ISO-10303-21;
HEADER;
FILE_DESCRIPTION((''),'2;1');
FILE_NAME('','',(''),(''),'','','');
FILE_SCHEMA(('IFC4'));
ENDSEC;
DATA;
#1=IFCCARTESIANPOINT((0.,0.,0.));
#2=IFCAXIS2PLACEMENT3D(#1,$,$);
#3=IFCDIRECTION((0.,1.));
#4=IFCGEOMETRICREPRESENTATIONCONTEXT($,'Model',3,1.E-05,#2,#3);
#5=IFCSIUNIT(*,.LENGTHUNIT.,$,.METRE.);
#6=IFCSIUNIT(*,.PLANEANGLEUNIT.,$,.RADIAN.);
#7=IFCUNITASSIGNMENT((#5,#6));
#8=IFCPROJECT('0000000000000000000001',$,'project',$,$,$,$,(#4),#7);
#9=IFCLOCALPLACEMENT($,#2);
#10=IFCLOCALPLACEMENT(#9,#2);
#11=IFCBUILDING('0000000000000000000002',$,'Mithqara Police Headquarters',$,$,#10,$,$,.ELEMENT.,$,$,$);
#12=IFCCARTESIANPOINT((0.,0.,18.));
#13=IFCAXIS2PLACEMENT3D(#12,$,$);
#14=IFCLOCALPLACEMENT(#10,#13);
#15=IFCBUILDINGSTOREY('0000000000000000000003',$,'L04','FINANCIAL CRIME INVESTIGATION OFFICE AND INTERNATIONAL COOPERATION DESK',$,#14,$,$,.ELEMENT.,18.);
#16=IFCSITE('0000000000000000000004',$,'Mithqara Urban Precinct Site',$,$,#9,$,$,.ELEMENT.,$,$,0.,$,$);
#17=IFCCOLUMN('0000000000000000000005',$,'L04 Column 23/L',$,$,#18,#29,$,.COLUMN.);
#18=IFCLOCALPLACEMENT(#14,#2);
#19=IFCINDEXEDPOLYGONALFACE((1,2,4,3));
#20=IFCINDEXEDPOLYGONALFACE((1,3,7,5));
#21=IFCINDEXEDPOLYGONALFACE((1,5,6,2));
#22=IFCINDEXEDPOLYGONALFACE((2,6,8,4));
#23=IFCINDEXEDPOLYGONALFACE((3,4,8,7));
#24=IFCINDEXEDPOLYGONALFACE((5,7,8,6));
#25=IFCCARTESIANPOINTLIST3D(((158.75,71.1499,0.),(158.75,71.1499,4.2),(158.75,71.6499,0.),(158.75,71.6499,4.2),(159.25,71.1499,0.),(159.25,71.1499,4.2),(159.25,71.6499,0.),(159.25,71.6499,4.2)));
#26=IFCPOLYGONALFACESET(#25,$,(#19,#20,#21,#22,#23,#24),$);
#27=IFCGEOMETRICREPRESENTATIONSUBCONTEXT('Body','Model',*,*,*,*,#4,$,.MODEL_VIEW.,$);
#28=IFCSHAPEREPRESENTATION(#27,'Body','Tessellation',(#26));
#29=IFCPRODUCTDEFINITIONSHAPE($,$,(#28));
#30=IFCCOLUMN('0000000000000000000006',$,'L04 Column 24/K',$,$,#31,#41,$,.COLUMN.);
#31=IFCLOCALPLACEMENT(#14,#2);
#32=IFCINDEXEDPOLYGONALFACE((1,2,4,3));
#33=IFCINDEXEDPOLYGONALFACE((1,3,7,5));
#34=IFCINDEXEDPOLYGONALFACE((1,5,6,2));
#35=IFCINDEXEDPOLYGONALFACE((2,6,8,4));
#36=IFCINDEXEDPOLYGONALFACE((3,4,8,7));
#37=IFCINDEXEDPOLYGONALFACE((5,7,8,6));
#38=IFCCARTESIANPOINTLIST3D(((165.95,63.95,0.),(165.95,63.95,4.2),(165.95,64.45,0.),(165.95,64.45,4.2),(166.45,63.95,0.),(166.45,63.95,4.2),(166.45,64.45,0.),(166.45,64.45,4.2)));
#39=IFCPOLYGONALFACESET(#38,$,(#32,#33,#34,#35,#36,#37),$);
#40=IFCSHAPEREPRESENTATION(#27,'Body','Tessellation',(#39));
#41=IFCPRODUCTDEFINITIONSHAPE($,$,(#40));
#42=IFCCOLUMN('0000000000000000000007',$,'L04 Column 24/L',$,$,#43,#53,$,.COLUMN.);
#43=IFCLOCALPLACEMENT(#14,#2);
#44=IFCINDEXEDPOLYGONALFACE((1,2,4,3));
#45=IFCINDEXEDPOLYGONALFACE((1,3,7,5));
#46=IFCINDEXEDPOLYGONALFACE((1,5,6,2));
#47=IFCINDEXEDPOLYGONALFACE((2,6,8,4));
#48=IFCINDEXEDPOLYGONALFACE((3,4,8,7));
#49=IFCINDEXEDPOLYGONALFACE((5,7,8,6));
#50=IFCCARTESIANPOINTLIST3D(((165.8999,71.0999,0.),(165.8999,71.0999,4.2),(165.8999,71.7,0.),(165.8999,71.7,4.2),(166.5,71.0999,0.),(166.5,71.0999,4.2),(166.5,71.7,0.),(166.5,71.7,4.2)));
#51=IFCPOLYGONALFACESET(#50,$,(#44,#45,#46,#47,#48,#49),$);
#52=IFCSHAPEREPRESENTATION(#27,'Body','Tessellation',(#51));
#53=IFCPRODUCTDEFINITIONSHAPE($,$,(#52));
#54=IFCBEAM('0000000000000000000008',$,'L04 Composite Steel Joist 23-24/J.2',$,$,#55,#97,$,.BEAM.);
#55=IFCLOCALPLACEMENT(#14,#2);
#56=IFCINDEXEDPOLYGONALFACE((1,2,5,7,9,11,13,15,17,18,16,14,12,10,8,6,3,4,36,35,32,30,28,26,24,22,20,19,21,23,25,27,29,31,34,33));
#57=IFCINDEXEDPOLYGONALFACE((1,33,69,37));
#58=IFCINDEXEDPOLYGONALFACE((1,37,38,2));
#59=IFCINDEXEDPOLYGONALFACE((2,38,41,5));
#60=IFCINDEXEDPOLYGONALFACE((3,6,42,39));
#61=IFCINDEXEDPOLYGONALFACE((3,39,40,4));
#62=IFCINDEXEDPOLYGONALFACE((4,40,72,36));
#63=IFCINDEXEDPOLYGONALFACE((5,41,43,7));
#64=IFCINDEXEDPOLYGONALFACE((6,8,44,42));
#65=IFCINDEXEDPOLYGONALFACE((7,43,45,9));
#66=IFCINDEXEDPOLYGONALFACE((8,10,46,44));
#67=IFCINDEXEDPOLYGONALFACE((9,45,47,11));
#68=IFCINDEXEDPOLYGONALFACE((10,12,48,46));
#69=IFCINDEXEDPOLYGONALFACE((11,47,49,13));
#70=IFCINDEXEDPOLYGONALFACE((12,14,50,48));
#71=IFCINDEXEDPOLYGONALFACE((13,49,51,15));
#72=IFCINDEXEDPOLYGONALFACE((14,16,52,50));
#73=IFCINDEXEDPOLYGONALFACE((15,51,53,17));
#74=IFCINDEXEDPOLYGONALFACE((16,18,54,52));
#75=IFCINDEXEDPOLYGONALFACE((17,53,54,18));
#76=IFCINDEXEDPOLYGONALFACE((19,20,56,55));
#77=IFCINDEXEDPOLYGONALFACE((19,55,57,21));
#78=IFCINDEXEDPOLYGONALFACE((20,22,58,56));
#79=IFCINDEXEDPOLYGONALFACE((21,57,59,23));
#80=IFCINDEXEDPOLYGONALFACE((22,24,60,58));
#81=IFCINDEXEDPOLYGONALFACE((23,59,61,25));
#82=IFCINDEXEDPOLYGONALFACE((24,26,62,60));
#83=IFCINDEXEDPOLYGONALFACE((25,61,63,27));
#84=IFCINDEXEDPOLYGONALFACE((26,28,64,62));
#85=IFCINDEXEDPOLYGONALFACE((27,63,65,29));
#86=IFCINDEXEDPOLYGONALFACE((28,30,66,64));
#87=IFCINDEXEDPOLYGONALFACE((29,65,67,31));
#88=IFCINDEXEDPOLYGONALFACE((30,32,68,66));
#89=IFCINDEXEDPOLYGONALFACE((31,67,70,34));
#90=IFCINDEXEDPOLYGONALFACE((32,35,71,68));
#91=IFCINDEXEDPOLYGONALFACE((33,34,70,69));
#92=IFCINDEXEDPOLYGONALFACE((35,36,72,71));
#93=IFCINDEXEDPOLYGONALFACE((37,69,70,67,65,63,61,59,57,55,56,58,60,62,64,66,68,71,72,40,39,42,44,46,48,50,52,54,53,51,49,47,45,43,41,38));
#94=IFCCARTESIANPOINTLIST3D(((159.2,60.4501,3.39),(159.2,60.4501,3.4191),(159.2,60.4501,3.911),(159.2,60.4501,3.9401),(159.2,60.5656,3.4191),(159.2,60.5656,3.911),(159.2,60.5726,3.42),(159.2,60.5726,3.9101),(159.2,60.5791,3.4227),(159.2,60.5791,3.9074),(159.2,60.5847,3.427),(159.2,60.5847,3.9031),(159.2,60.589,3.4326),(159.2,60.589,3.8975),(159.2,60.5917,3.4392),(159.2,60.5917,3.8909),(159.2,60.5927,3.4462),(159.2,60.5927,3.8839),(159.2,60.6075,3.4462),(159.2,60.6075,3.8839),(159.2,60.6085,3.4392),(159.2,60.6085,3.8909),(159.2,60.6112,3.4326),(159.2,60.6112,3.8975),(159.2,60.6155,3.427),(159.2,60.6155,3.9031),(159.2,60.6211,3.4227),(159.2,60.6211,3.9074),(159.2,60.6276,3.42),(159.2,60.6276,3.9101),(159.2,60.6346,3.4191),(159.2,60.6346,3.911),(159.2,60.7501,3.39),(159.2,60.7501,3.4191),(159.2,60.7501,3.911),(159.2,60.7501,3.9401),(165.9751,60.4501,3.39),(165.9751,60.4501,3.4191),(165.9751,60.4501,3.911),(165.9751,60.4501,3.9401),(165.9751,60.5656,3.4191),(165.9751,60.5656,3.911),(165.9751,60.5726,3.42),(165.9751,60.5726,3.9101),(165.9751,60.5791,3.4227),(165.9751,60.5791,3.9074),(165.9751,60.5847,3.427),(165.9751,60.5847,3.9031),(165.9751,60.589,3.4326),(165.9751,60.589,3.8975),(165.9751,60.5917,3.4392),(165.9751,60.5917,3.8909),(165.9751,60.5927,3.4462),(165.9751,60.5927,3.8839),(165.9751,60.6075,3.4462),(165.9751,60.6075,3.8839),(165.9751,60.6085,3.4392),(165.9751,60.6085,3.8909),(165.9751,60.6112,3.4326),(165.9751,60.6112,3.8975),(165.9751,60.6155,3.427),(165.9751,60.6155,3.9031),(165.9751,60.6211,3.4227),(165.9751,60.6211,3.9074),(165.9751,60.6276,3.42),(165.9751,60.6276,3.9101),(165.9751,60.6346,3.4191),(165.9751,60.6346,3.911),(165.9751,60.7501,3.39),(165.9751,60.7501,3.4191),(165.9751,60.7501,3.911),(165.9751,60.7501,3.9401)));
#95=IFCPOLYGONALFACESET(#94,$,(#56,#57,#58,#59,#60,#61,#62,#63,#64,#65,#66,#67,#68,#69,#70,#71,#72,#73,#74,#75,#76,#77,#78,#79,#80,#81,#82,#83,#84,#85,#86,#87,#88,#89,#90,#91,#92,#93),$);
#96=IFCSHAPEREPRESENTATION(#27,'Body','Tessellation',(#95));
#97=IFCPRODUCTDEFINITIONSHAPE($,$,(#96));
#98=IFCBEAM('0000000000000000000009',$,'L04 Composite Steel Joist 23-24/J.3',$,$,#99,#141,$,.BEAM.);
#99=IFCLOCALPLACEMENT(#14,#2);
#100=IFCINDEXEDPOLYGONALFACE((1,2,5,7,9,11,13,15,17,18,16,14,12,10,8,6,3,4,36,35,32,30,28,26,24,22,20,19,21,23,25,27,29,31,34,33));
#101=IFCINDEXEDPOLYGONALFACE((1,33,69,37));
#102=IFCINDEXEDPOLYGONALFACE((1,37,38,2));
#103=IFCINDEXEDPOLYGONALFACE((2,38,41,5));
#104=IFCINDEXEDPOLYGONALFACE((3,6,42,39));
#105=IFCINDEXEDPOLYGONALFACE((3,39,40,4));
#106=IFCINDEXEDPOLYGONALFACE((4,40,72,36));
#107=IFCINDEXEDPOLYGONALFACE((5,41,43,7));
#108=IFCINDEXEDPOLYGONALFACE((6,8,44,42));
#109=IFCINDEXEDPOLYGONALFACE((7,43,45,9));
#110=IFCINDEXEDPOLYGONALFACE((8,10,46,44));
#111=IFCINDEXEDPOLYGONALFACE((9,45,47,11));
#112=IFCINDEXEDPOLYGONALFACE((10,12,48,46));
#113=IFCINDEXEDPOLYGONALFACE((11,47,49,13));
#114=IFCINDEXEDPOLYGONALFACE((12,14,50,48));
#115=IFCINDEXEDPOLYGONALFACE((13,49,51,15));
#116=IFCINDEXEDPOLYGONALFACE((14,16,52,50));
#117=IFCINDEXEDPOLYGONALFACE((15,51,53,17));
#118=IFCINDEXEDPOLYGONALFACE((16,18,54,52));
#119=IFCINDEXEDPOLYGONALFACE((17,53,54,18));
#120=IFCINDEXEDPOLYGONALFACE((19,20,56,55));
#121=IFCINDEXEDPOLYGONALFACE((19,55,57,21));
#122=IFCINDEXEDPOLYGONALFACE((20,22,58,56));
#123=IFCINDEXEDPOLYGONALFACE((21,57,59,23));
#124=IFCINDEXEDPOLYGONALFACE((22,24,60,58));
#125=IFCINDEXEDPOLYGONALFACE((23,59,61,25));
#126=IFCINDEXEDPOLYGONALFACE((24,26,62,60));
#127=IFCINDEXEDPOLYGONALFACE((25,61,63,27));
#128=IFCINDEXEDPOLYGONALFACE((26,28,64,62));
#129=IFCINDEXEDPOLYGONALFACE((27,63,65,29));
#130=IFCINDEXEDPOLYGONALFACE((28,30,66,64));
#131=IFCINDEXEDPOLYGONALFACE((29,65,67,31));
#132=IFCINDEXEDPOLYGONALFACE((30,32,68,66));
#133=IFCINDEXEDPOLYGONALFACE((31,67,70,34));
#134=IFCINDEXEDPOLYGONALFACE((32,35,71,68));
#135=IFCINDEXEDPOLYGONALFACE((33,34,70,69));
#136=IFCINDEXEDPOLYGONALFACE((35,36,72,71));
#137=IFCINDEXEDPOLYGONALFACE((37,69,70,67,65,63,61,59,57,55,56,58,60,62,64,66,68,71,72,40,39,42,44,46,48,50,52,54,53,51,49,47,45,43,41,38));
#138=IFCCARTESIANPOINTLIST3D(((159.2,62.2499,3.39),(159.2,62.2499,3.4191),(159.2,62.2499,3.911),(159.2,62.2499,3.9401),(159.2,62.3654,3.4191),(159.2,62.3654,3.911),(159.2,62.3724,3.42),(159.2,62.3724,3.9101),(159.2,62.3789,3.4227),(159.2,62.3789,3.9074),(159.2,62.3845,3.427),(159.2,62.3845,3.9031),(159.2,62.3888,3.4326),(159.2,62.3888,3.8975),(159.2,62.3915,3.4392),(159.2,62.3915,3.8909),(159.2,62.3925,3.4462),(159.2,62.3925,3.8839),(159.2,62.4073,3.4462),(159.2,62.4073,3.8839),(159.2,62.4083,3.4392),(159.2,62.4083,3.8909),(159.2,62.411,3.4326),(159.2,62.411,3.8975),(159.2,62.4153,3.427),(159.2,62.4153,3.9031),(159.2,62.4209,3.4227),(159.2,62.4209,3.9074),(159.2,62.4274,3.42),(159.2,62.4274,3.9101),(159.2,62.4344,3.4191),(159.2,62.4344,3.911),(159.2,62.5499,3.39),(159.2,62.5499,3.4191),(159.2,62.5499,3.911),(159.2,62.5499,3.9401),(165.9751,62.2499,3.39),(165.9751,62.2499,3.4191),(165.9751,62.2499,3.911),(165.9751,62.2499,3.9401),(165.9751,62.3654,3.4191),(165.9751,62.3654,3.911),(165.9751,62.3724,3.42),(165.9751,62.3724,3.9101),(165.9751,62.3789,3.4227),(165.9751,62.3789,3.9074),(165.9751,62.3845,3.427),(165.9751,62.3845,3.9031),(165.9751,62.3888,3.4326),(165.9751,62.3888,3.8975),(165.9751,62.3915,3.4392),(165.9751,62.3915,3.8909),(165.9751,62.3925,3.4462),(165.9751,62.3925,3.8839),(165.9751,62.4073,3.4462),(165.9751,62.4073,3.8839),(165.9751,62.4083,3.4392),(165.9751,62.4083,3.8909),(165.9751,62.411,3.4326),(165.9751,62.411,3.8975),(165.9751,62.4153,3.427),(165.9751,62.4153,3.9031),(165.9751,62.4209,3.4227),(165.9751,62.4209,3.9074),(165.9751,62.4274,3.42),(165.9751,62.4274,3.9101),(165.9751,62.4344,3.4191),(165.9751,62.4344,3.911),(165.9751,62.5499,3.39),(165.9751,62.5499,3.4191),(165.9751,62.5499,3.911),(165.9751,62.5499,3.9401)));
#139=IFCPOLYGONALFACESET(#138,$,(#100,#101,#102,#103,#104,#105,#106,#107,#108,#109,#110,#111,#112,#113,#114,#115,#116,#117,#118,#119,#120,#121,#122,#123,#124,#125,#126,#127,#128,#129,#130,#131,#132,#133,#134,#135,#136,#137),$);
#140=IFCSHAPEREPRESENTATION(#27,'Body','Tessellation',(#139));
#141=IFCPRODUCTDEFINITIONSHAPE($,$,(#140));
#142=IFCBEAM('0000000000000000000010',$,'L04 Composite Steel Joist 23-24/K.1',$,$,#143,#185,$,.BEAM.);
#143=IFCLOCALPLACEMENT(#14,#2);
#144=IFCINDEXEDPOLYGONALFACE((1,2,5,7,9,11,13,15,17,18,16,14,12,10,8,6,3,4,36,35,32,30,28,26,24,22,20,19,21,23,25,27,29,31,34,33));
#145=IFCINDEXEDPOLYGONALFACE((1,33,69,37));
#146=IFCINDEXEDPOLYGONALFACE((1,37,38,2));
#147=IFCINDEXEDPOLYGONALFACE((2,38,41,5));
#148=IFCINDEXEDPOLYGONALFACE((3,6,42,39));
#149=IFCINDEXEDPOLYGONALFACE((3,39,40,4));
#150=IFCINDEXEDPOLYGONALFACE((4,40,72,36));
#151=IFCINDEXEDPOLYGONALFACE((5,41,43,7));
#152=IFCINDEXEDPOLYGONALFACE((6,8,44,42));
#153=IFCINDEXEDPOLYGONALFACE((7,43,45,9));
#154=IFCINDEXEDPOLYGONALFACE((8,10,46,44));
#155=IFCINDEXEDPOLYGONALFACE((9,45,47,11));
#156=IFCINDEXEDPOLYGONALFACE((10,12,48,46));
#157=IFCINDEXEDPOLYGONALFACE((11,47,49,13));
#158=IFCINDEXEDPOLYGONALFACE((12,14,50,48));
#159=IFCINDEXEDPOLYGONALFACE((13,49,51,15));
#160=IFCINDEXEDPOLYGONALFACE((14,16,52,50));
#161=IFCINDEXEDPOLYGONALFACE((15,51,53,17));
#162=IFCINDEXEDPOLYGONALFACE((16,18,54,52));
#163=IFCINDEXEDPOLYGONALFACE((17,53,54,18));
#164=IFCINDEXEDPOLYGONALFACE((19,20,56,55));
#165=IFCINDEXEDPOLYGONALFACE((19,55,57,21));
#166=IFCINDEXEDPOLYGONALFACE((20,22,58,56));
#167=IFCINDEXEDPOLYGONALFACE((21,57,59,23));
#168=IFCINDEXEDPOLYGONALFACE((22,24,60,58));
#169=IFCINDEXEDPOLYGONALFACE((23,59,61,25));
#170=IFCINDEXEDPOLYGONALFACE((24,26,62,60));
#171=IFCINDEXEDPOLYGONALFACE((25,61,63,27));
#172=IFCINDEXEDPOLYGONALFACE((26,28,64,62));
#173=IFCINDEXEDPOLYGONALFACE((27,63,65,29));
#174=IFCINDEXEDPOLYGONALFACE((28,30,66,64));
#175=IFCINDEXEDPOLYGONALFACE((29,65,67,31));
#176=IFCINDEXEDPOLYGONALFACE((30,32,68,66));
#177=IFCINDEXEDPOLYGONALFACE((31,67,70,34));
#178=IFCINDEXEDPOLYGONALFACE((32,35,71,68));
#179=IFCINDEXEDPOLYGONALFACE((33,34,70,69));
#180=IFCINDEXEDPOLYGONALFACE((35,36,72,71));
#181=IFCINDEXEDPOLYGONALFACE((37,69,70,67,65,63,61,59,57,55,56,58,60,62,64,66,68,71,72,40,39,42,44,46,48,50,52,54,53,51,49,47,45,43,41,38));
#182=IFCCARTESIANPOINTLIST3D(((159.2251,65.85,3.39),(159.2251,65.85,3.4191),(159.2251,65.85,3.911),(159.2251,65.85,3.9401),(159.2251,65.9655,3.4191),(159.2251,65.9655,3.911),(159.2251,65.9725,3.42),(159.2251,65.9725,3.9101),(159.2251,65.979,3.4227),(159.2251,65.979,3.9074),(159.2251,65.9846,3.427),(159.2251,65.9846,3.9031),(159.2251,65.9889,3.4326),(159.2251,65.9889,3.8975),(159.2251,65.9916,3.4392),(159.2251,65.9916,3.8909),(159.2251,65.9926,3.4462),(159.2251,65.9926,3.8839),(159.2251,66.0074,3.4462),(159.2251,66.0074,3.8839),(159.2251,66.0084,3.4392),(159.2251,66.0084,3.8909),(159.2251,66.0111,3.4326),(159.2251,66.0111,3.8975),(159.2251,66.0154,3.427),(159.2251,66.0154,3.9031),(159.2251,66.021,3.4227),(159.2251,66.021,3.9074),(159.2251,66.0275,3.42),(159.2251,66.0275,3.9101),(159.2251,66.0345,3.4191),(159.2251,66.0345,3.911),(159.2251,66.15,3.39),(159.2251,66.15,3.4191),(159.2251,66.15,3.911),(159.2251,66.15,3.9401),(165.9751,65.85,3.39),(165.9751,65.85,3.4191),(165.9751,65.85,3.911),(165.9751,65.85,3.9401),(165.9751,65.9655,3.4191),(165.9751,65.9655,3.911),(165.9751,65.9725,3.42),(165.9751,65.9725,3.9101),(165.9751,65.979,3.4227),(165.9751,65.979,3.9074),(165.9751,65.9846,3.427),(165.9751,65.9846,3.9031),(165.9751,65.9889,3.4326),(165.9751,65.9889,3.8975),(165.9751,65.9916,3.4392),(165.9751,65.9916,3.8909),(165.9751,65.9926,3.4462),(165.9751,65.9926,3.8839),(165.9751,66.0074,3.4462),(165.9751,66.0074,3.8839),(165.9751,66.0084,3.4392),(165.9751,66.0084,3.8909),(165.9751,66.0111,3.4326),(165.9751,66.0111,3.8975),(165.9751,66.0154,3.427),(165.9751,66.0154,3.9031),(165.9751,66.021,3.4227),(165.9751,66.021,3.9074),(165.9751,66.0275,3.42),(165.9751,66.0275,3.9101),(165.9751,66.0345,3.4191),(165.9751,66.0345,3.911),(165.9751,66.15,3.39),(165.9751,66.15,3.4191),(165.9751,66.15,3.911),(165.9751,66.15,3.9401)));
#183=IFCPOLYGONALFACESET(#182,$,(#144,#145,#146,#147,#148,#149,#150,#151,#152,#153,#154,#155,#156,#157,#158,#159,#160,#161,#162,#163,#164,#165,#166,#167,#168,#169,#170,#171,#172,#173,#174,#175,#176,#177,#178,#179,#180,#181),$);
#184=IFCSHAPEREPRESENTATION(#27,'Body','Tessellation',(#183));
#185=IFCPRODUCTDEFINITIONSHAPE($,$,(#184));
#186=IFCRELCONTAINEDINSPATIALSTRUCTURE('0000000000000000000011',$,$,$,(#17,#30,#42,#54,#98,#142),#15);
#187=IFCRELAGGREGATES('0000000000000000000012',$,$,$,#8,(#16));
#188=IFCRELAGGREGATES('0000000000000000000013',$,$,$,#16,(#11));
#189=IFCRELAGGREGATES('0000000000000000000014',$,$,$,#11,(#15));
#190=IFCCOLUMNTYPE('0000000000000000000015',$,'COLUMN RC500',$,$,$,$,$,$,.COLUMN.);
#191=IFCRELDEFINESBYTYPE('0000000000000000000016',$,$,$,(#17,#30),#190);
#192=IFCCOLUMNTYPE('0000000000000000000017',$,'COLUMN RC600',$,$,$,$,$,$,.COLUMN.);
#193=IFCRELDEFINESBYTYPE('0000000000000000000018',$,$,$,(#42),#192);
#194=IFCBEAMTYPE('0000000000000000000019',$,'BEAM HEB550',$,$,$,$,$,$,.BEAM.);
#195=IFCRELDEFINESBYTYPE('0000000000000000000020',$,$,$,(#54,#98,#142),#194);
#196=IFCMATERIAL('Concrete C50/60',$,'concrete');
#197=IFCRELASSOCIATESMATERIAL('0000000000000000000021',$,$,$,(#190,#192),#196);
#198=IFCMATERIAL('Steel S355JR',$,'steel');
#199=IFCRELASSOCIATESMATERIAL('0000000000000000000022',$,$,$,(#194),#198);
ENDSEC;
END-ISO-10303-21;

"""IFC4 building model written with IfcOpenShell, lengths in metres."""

from ifc_helpers import new_model, si_unit, direction, frame, origin, origin_2d, place, context, subcontext, project, spatial, rectangle, i_section, extrude, material, material_profile, profile_set, type_object, element, save


model = new_model("IFC4")

# Units and contexts
model_context = context("Model", 3, precision=1e-05, world=origin(), true_north=direction((0.0, 1.0)))
body_context = subcontext(model_context, "Body", "Model", "MODEL_VIEW")
ifc_project = project(units=[si_unit("LENGTHUNIT", "METRE"), si_unit("PLANEANGLEUNIT", "RADIAN")], contexts=[model_context])

# Site, building, storey
site_placement = place(None, origin())
site = spatial("IfcSite", under=ifc_project, at=site_placement, Name="Mithqara Urban Precinct Site", CompositionType="ELEMENT", RefElevation=0.0)
building_placement = place(site_placement, origin())
building = spatial("IfcBuilding", under=site, at=building_placement, Name="Mithqara Police Headquarters", CompositionType="ELEMENT")
storey_placement = place(building_placement, frame((0.0, 0.0, 18.0)))
storey = spatial("IfcBuildingStorey", under=building, at=storey_placement, Name="L04", Description="FINANCIAL CRIME INVESTIGATION OFFICE AND INTERNATIONAL COOPERATION DESK", CompositionType="ELEMENT", Elevation=18.0)

# Columns
ifc_material_1 = material(Name="Concrete C50/60", Category="concrete")
ifc_material_profile_1 = material_profile(ifc_material_1, rectangle(XDim=0.5, YDim=0.5, at=origin_2d()), Name="RC 500x500")
ifc_profile_set_1 = profile_set([ifc_material_profile_1], Name="Concrete C50/60")
column_type_1 = type_object("IfcColumnType", Name="COLUMN RC500", PredefinedType="COLUMN", material=ifc_profile_set_1)
for number, where, z_axis, x_axis, name in (
    (1, (159.0, 71.3999, 0.0), (0.0, 0.0, 1.0), (1.0, 0.0, 0.0), "L04 Column 23/L"),
    (2, (166.2, 64.2, 0.0), (0.0, 0.0, 1.0), (1.0, 0.0, 0.0), "L04 Column 24/K"),
):
    element("IfcColumn", number, at=place(storey_placement, frame(where, z_axis=z_axis, x_axis=x_axis)), inside=storey, type_object=column_type_1, Name=name, PredefinedType="COLUMN", context=body_context, shape_type="SweptSolid", body=[
        extrude(rectangle(XDim=0.5, YDim=0.5, at=origin_2d()), origin(), (0.0, 0.0, 1.0), 4.2),
    ])
ifc_material_profile_2 = material_profile(ifc_material_1, rectangle(XDim=0.6001, YDim=0.6001, at=origin_2d()), Name="RC 600x600")
ifc_profile_set_2 = profile_set([ifc_material_profile_2], Name="Concrete C50/60")
column_type_2 = type_object("IfcColumnType", Name="COLUMN RC600", PredefinedType="COLUMN", material=ifc_profile_set_2)
column_placement = place(storey_placement, frame((166.2, 71.3999, 0.0), z_axis=(0.0, 0.0, 1.0), x_axis=(1.0, 0.0, 0.0)))
element("IfcColumn", 3, at=column_placement, inside=storey, type_object=column_type_2, Name="L04 Column 24/L", PredefinedType="COLUMN", context=body_context, shape_type="SweptSolid", body=[
    extrude(rectangle(XDim=0.6001, YDim=0.6001, at=origin_2d()), origin(), (0.0, 0.0, 1.0), 4.2),
])

# Beams
ifc_material_2 = material(Name="Steel S355JR", Category="steel")
ifc_material_profile_3 = material_profile(ifc_material_2, i_section(OverallWidth=0.3, OverallDepth=0.55, WebThickness=0.0149, FlangeThickness=0.0291, FilletRadius=0.0271, at=origin_2d()), Name="HEB 550")
ifc_profile_set_3 = profile_set([ifc_material_profile_3], Name="Steel S355JR")
beam_type_1 = type_object("IfcBeamType", Name="BEAM HEB550", PredefinedType="BEAM", material=ifc_profile_set_3)
for number, where, z_axis, x_axis, name in (
    (4, (159.2, 60.6001, 3.665), (1.0, 0.0, 0.0), (0.0, 1.0, 0.0), "L04 Composite Steel Joist 23-24/J.2"),
    (5, (159.2, 62.3999, 3.665), (1.0, 0.0, 0.0), (0.0, 1.0, 0.0), "L04 Composite Steel Joist 23-24/J.3"),
):
    element("IfcBeam", number, at=place(storey_placement, frame(where, z_axis=z_axis, x_axis=x_axis)), inside=storey, type_object=beam_type_1, Name=name, PredefinedType="BEAM", context=body_context, shape_type="SweptSolid", body=[
        extrude(i_section(OverallWidth=0.3, OverallDepth=0.55, WebThickness=0.0149, FlangeThickness=0.0291, FilletRadius=0.0271, at=origin_2d()), origin(), (0.0, 0.0, 1.0), 6.7751),
    ])
for number, where, z_axis, x_axis, name in (
    (6, (159.2251, 66.0, 3.665), (1.0, 0.0, 0.0), (0.0, 1.0, 0.0), "L04 Composite Steel Joist 23-24/K.1"),
):
    element("IfcBeam", number, at=place(storey_placement, frame(where, z_axis=z_axis, x_axis=x_axis)), inside=storey, type_object=beam_type_1, Name=name, PredefinedType="BEAM", context=body_context, shape_type="SweptSolid", body=[
        extrude(i_section(OverallWidth=0.3, OverallDepth=0.55, WebThickness=0.0149, FlangeThickness=0.0291, FilletRadius=0.0271, at=origin_2d()), origin(), (0.0, 0.0, 1.0), 6.75),
    ])

save(model, "model.ifc")
